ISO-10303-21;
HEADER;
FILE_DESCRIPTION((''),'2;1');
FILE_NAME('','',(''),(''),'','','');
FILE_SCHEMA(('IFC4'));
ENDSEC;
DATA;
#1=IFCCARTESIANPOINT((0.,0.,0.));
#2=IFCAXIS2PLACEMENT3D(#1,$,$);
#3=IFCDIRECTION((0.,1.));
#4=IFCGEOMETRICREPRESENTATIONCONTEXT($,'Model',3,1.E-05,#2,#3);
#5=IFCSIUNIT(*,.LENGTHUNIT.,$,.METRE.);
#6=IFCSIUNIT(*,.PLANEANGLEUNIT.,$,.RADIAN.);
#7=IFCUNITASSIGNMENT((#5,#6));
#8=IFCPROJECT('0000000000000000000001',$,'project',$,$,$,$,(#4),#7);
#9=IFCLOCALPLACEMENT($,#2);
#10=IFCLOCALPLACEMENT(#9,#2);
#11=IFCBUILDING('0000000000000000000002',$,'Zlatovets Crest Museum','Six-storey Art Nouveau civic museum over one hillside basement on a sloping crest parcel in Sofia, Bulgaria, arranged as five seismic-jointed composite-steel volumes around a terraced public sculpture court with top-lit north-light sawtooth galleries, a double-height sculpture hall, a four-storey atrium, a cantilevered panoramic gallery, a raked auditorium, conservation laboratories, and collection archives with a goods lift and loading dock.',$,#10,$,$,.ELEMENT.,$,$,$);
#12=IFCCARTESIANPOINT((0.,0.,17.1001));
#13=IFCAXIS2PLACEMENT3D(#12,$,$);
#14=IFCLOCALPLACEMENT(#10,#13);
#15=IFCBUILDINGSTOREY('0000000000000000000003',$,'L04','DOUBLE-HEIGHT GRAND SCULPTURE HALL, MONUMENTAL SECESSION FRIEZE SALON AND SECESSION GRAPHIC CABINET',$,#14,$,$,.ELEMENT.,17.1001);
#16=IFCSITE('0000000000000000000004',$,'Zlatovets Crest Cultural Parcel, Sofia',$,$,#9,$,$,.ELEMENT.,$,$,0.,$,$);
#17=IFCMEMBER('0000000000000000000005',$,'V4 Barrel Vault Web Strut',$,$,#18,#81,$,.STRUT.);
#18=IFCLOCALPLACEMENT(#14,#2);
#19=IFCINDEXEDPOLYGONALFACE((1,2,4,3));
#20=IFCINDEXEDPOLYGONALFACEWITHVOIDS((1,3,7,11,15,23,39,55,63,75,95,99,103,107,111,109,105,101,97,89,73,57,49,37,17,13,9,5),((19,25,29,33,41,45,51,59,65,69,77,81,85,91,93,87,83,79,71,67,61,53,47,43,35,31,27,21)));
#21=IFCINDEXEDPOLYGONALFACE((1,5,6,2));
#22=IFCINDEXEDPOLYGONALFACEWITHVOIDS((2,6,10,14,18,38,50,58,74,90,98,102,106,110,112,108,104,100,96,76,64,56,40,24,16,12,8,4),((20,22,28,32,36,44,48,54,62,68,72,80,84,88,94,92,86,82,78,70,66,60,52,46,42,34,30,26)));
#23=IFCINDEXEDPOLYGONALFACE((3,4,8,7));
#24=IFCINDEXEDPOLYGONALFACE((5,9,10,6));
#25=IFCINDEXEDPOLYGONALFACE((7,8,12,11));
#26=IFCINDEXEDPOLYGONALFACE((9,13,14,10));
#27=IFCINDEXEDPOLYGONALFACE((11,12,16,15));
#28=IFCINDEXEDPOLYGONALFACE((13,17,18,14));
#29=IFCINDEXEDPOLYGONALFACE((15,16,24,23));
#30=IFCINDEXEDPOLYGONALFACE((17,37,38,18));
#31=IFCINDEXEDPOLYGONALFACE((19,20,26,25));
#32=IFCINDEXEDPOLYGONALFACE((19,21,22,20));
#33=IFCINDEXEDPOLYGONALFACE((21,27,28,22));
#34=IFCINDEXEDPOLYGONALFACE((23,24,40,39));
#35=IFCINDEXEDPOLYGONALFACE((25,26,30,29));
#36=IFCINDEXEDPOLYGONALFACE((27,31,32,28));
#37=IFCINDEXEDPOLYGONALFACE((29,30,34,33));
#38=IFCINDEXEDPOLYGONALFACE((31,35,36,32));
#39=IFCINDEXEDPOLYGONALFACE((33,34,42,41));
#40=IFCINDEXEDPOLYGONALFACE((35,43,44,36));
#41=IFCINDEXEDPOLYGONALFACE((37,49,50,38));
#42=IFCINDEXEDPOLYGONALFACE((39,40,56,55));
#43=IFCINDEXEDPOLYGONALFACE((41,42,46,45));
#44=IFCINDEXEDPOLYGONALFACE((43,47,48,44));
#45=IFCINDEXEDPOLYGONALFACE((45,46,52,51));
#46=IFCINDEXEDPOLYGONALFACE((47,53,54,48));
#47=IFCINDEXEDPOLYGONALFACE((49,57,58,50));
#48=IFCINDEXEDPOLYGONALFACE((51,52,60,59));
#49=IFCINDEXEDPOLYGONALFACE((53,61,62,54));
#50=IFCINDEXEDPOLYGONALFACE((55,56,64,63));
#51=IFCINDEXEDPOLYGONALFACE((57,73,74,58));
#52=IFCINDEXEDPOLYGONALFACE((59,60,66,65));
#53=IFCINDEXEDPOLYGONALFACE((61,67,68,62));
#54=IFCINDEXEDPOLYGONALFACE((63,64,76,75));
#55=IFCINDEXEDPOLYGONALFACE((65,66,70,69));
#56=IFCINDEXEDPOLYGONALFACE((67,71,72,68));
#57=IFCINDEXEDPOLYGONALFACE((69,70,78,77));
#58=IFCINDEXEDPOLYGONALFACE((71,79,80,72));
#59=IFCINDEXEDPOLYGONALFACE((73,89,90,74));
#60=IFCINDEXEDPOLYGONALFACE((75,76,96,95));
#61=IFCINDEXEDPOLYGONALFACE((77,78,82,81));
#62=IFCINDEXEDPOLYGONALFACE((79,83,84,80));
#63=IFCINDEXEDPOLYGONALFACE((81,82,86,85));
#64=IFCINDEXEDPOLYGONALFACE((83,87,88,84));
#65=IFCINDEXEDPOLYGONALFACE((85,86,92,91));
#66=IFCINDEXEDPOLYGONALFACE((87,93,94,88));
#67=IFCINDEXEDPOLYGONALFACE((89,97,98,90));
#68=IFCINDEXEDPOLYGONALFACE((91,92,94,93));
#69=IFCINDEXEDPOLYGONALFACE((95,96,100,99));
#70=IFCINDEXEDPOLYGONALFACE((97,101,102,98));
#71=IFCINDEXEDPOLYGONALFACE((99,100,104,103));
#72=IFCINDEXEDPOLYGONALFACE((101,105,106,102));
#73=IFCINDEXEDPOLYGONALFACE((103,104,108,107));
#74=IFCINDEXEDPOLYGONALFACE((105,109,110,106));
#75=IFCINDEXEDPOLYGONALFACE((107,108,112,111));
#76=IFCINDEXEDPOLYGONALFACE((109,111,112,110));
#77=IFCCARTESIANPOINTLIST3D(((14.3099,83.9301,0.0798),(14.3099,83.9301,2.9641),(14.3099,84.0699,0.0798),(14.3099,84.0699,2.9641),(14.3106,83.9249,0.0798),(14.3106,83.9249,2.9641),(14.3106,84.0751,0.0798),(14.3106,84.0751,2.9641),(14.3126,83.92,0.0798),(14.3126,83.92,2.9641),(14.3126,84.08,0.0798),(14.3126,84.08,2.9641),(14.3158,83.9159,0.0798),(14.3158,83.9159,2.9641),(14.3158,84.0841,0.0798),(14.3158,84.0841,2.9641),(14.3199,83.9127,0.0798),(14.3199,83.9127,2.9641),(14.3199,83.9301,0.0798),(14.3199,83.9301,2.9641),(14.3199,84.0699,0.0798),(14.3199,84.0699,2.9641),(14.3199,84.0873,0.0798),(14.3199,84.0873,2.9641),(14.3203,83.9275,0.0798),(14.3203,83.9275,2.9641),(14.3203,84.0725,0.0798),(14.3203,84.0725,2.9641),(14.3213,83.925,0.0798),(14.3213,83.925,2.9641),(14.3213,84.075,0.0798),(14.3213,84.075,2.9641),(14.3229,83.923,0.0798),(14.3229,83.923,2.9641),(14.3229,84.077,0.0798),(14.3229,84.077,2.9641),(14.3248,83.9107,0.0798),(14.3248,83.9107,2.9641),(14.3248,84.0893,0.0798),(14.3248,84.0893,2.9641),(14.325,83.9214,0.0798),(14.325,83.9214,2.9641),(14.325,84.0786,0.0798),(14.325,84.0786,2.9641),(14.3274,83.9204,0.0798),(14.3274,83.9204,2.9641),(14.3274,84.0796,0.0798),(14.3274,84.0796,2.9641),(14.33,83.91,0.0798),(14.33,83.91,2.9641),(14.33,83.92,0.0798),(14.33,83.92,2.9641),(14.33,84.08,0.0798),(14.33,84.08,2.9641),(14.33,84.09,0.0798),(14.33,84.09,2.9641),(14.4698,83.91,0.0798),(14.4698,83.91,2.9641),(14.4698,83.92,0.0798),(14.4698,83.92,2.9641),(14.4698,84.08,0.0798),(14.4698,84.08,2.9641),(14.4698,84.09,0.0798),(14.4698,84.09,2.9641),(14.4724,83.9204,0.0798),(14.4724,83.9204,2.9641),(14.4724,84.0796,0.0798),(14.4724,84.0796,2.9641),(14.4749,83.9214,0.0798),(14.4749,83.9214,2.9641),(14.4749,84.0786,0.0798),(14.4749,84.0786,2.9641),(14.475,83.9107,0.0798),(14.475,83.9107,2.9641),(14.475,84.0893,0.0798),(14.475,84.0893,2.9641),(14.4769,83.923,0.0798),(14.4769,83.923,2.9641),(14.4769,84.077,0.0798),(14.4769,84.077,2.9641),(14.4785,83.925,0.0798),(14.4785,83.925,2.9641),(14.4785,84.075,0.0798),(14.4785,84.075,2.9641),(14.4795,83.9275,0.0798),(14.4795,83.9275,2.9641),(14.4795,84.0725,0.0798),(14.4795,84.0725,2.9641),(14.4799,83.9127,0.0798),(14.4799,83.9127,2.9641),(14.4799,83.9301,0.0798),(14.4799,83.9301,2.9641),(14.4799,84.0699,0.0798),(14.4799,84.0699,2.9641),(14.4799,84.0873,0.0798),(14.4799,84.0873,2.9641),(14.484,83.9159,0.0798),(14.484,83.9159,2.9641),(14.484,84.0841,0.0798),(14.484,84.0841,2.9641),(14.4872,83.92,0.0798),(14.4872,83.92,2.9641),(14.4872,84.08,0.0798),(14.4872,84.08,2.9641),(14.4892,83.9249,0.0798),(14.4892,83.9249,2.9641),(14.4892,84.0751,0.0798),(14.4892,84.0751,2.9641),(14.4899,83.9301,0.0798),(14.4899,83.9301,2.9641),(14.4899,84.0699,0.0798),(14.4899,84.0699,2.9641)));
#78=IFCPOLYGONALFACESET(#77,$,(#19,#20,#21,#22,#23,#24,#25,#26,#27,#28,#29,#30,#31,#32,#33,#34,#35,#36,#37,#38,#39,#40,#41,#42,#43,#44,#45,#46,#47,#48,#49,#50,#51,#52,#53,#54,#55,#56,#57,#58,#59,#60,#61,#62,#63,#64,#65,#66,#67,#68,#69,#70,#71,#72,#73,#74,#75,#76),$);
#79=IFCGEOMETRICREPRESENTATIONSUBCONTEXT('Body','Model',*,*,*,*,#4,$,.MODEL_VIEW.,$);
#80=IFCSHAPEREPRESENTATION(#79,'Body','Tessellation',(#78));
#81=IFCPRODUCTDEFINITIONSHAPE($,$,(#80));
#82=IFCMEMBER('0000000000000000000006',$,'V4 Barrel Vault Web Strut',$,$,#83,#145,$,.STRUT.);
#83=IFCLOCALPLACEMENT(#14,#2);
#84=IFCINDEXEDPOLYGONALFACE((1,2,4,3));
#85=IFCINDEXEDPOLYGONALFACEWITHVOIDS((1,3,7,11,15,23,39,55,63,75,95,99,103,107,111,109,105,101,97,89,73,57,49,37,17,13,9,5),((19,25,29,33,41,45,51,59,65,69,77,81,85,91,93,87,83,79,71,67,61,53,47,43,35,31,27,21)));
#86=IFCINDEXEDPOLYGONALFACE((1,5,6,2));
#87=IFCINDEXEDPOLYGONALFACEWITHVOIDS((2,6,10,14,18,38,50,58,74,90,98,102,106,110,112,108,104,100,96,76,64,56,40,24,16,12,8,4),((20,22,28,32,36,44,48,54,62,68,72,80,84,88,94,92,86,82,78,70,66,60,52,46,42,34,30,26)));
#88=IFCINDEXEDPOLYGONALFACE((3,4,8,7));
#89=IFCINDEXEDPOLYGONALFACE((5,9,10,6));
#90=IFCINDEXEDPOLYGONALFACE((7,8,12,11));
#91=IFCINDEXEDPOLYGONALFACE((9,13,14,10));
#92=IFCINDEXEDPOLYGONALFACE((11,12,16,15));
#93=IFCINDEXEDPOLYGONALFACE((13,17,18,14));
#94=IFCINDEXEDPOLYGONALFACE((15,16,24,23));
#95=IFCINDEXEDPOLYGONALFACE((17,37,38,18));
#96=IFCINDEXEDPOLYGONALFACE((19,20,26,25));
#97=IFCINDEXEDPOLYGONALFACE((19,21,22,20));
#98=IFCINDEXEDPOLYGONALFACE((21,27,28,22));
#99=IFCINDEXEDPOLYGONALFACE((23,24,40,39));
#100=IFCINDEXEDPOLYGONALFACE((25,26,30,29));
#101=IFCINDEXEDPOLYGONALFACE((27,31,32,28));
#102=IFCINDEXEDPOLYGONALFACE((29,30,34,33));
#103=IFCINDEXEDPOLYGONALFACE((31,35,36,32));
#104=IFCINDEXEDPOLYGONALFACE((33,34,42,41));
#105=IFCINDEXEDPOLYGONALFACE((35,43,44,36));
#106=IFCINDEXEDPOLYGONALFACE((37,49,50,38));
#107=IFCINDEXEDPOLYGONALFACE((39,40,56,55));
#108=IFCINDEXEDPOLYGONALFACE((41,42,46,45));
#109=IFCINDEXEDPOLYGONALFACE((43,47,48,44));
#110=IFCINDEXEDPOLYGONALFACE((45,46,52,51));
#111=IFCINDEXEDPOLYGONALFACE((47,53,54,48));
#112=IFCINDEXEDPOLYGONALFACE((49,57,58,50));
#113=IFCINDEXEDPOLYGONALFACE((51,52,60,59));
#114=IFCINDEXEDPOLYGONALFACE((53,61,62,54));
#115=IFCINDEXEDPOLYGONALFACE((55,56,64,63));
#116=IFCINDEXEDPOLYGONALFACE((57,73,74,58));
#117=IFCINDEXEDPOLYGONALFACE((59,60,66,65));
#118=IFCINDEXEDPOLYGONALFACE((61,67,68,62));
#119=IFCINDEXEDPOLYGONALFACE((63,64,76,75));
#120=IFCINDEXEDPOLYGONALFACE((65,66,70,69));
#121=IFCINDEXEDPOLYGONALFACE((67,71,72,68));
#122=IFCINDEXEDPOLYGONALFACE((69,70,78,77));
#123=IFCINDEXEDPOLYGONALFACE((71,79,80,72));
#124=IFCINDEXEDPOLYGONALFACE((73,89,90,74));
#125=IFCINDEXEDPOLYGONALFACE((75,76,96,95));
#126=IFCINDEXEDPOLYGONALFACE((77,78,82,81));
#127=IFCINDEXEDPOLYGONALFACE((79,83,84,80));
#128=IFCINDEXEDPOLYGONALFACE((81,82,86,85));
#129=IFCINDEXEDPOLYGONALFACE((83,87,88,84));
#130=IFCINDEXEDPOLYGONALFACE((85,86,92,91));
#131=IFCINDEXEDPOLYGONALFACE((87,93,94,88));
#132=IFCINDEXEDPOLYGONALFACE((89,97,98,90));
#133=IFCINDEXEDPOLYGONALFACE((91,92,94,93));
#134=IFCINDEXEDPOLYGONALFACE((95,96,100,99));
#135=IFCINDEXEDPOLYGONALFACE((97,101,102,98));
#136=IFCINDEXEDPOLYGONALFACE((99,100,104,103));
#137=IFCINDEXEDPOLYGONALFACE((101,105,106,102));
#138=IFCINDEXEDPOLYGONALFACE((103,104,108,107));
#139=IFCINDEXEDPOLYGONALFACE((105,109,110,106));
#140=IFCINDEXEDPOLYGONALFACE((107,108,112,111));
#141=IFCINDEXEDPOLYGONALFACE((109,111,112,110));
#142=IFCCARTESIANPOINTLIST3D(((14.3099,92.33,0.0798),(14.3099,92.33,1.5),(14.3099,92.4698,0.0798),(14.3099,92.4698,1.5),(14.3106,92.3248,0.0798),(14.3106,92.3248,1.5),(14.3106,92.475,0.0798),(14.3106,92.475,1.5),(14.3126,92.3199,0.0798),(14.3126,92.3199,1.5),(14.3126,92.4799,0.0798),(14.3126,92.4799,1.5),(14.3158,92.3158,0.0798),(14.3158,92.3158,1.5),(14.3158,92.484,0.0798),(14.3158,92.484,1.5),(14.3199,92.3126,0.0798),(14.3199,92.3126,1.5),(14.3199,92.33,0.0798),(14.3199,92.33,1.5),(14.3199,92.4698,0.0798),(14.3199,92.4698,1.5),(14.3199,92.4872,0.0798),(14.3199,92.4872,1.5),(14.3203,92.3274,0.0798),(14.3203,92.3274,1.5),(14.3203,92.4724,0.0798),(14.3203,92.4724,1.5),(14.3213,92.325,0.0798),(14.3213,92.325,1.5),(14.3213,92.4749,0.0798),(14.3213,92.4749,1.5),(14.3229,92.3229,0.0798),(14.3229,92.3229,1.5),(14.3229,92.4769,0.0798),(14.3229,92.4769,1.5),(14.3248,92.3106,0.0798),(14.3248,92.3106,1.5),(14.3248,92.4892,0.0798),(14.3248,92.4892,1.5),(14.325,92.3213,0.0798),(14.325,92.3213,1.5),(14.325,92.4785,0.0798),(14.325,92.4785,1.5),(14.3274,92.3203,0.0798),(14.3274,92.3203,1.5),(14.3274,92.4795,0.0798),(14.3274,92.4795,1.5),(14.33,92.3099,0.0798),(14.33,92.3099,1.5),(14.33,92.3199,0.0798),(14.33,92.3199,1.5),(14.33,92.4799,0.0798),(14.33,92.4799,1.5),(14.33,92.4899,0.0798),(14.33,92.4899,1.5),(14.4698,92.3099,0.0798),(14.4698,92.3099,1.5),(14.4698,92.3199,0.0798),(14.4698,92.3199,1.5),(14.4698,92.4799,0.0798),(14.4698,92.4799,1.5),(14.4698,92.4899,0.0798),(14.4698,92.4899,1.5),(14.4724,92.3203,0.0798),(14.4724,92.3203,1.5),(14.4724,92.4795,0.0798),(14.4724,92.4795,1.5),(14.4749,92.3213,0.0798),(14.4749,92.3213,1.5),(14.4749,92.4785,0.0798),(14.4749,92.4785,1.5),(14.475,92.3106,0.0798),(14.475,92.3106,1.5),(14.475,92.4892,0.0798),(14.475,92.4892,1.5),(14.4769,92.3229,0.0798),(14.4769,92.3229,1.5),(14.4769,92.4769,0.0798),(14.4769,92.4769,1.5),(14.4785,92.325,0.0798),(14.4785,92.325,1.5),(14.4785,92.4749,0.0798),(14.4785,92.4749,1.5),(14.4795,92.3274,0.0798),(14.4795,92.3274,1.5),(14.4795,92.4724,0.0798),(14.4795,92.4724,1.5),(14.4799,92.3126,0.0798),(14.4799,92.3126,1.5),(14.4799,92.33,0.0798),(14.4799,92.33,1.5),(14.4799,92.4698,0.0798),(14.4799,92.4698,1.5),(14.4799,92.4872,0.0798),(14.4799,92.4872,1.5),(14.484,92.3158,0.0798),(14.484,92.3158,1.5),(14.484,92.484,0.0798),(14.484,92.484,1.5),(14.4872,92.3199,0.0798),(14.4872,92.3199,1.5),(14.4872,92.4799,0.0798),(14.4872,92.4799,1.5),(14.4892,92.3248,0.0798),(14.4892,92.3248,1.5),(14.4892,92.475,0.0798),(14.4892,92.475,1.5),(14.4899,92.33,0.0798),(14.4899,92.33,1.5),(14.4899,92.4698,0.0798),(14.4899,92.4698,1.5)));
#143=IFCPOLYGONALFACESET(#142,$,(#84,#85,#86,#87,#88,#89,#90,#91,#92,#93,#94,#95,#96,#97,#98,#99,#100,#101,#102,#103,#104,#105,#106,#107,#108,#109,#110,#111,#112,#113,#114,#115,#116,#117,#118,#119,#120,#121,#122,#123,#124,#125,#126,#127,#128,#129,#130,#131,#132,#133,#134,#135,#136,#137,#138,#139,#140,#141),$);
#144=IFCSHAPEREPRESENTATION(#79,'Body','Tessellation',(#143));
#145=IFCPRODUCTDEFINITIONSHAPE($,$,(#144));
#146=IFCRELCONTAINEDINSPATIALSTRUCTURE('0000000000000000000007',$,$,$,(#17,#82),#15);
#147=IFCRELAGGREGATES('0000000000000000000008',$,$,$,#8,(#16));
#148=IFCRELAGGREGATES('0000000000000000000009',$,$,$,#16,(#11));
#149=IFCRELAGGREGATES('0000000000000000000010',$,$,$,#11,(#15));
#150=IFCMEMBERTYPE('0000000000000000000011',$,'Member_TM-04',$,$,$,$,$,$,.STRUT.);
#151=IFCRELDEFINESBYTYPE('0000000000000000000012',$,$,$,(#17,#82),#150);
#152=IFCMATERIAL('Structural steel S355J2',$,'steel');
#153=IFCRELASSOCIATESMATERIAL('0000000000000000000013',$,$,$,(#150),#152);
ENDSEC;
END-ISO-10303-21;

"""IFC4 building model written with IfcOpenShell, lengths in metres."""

from ifc_helpers import new_model, si_unit, direction, frame, origin, origin_2d, place, context, subcontext, project, spatial, hollow_rectangle, extrude, material, material_profile, profile_set, type_object, element, save


model = new_model("IFC4")

# Units and contexts
model_context = context("Model", 3, precision=1e-05, world=origin(), true_north=direction((0.0, 1.0)))
body_context = subcontext(model_context, "Body", "Model", "MODEL_VIEW")
ifc_project = project(units=[si_unit("LENGTHUNIT", "METRE"), si_unit("PLANEANGLEUNIT", "RADIAN")], contexts=[model_context])

# Site, building, storey
site_placement = place(None, origin())
site = spatial("IfcSite", under=ifc_project, at=site_placement, Name="Zlatovets Crest Cultural Parcel, Sofia", CompositionType="ELEMENT", RefElevation=0.0)
building_placement = place(site_placement, origin())
building = spatial("IfcBuilding", under=site, at=building_placement, Name="Zlatovets Crest Museum", Description="Six-storey Art Nouveau civic museum over one hillside basement on a sloping crest parcel in Sofia, Bulgaria, arranged as five seismic-jointed composite-steel volumes around a terraced public sculpture court with top-lit north-light sawtooth galleries, a double-height sculpture hall, a four-storey atrium, a cantilevered panoramic gallery, a raked auditorium, conservation laboratories, and collection archives with a goods lift and loading dock.", CompositionType="ELEMENT")
storey_placement = place(building_placement, frame((0.0, 0.0, 17.1001)))
storey = spatial("IfcBuildingStorey", under=building, at=storey_placement, Name="L04", Description="DOUBLE-HEIGHT GRAND SCULPTURE HALL, MONUMENTAL SECESSION FRIEZE SALON AND SECESSION GRAPHIC CABINET", CompositionType="ELEMENT", Elevation=17.1001)

# Shared definitions
ifc_material_1 = material(Name="Structural steel S355J2", Category="steel")

# Members
ifc_material_profile_1 = material_profile(ifc_material_1, hollow_rectangle(XDim=0.1799, YDim=0.1799, WallThickness=0.01, InnerFilletRadius=0.01, OuterFilletRadius=0.02, at=origin_2d()), Name="SHS 180x180x10.0")
ifc_profile_set_1 = profile_set([ifc_material_profile_1], Name="Structural steel S355J2")
member_type_1 = type_object("IfcMemberType", Name="Member_TM-04", PredefinedType="STRUT", material=ifc_profile_set_1)
member_1_placement = place(storey_placement, frame((14.3999, 84.0, 0.0798), z_axis=(0.0, 0.0, 1.0), x_axis=(1.0, 0.0, 0.0)))
element("IfcMember", 1, at=member_1_placement, inside=storey, type_object=member_type_1, Name="V4 Barrel Vault Web Strut", PredefinedType="STRUT", context=body_context, shape_type="SweptSolid", body=[
    extrude(hollow_rectangle(XDim=0.1799, YDim=0.1799, WallThickness=0.01, InnerFilletRadius=0.01, OuterFilletRadius=0.02, at=origin_2d()), origin(), (0.0, 0.0, 1.0), 2.8843),
])
member_2_placement = place(storey_placement, frame((14.3999, 92.3999, 0.0798), z_axis=(0.0, 0.0, 1.0), x_axis=(1.0, 0.0, 0.0)))
element("IfcMember", 2, at=member_2_placement, inside=storey, type_object=member_type_1, Name="V4 Barrel Vault Web Strut", PredefinedType="STRUT", context=body_context, shape_type="SweptSolid", body=[
    extrude(hollow_rectangle(XDim=0.1799, YDim=0.1799, WallThickness=0.01, InnerFilletRadius=0.01, OuterFilletRadius=0.02, at=origin_2d()), origin(), (0.0, 0.0, 1.0), 1.4202),
])

save(model, "model.ifc")
